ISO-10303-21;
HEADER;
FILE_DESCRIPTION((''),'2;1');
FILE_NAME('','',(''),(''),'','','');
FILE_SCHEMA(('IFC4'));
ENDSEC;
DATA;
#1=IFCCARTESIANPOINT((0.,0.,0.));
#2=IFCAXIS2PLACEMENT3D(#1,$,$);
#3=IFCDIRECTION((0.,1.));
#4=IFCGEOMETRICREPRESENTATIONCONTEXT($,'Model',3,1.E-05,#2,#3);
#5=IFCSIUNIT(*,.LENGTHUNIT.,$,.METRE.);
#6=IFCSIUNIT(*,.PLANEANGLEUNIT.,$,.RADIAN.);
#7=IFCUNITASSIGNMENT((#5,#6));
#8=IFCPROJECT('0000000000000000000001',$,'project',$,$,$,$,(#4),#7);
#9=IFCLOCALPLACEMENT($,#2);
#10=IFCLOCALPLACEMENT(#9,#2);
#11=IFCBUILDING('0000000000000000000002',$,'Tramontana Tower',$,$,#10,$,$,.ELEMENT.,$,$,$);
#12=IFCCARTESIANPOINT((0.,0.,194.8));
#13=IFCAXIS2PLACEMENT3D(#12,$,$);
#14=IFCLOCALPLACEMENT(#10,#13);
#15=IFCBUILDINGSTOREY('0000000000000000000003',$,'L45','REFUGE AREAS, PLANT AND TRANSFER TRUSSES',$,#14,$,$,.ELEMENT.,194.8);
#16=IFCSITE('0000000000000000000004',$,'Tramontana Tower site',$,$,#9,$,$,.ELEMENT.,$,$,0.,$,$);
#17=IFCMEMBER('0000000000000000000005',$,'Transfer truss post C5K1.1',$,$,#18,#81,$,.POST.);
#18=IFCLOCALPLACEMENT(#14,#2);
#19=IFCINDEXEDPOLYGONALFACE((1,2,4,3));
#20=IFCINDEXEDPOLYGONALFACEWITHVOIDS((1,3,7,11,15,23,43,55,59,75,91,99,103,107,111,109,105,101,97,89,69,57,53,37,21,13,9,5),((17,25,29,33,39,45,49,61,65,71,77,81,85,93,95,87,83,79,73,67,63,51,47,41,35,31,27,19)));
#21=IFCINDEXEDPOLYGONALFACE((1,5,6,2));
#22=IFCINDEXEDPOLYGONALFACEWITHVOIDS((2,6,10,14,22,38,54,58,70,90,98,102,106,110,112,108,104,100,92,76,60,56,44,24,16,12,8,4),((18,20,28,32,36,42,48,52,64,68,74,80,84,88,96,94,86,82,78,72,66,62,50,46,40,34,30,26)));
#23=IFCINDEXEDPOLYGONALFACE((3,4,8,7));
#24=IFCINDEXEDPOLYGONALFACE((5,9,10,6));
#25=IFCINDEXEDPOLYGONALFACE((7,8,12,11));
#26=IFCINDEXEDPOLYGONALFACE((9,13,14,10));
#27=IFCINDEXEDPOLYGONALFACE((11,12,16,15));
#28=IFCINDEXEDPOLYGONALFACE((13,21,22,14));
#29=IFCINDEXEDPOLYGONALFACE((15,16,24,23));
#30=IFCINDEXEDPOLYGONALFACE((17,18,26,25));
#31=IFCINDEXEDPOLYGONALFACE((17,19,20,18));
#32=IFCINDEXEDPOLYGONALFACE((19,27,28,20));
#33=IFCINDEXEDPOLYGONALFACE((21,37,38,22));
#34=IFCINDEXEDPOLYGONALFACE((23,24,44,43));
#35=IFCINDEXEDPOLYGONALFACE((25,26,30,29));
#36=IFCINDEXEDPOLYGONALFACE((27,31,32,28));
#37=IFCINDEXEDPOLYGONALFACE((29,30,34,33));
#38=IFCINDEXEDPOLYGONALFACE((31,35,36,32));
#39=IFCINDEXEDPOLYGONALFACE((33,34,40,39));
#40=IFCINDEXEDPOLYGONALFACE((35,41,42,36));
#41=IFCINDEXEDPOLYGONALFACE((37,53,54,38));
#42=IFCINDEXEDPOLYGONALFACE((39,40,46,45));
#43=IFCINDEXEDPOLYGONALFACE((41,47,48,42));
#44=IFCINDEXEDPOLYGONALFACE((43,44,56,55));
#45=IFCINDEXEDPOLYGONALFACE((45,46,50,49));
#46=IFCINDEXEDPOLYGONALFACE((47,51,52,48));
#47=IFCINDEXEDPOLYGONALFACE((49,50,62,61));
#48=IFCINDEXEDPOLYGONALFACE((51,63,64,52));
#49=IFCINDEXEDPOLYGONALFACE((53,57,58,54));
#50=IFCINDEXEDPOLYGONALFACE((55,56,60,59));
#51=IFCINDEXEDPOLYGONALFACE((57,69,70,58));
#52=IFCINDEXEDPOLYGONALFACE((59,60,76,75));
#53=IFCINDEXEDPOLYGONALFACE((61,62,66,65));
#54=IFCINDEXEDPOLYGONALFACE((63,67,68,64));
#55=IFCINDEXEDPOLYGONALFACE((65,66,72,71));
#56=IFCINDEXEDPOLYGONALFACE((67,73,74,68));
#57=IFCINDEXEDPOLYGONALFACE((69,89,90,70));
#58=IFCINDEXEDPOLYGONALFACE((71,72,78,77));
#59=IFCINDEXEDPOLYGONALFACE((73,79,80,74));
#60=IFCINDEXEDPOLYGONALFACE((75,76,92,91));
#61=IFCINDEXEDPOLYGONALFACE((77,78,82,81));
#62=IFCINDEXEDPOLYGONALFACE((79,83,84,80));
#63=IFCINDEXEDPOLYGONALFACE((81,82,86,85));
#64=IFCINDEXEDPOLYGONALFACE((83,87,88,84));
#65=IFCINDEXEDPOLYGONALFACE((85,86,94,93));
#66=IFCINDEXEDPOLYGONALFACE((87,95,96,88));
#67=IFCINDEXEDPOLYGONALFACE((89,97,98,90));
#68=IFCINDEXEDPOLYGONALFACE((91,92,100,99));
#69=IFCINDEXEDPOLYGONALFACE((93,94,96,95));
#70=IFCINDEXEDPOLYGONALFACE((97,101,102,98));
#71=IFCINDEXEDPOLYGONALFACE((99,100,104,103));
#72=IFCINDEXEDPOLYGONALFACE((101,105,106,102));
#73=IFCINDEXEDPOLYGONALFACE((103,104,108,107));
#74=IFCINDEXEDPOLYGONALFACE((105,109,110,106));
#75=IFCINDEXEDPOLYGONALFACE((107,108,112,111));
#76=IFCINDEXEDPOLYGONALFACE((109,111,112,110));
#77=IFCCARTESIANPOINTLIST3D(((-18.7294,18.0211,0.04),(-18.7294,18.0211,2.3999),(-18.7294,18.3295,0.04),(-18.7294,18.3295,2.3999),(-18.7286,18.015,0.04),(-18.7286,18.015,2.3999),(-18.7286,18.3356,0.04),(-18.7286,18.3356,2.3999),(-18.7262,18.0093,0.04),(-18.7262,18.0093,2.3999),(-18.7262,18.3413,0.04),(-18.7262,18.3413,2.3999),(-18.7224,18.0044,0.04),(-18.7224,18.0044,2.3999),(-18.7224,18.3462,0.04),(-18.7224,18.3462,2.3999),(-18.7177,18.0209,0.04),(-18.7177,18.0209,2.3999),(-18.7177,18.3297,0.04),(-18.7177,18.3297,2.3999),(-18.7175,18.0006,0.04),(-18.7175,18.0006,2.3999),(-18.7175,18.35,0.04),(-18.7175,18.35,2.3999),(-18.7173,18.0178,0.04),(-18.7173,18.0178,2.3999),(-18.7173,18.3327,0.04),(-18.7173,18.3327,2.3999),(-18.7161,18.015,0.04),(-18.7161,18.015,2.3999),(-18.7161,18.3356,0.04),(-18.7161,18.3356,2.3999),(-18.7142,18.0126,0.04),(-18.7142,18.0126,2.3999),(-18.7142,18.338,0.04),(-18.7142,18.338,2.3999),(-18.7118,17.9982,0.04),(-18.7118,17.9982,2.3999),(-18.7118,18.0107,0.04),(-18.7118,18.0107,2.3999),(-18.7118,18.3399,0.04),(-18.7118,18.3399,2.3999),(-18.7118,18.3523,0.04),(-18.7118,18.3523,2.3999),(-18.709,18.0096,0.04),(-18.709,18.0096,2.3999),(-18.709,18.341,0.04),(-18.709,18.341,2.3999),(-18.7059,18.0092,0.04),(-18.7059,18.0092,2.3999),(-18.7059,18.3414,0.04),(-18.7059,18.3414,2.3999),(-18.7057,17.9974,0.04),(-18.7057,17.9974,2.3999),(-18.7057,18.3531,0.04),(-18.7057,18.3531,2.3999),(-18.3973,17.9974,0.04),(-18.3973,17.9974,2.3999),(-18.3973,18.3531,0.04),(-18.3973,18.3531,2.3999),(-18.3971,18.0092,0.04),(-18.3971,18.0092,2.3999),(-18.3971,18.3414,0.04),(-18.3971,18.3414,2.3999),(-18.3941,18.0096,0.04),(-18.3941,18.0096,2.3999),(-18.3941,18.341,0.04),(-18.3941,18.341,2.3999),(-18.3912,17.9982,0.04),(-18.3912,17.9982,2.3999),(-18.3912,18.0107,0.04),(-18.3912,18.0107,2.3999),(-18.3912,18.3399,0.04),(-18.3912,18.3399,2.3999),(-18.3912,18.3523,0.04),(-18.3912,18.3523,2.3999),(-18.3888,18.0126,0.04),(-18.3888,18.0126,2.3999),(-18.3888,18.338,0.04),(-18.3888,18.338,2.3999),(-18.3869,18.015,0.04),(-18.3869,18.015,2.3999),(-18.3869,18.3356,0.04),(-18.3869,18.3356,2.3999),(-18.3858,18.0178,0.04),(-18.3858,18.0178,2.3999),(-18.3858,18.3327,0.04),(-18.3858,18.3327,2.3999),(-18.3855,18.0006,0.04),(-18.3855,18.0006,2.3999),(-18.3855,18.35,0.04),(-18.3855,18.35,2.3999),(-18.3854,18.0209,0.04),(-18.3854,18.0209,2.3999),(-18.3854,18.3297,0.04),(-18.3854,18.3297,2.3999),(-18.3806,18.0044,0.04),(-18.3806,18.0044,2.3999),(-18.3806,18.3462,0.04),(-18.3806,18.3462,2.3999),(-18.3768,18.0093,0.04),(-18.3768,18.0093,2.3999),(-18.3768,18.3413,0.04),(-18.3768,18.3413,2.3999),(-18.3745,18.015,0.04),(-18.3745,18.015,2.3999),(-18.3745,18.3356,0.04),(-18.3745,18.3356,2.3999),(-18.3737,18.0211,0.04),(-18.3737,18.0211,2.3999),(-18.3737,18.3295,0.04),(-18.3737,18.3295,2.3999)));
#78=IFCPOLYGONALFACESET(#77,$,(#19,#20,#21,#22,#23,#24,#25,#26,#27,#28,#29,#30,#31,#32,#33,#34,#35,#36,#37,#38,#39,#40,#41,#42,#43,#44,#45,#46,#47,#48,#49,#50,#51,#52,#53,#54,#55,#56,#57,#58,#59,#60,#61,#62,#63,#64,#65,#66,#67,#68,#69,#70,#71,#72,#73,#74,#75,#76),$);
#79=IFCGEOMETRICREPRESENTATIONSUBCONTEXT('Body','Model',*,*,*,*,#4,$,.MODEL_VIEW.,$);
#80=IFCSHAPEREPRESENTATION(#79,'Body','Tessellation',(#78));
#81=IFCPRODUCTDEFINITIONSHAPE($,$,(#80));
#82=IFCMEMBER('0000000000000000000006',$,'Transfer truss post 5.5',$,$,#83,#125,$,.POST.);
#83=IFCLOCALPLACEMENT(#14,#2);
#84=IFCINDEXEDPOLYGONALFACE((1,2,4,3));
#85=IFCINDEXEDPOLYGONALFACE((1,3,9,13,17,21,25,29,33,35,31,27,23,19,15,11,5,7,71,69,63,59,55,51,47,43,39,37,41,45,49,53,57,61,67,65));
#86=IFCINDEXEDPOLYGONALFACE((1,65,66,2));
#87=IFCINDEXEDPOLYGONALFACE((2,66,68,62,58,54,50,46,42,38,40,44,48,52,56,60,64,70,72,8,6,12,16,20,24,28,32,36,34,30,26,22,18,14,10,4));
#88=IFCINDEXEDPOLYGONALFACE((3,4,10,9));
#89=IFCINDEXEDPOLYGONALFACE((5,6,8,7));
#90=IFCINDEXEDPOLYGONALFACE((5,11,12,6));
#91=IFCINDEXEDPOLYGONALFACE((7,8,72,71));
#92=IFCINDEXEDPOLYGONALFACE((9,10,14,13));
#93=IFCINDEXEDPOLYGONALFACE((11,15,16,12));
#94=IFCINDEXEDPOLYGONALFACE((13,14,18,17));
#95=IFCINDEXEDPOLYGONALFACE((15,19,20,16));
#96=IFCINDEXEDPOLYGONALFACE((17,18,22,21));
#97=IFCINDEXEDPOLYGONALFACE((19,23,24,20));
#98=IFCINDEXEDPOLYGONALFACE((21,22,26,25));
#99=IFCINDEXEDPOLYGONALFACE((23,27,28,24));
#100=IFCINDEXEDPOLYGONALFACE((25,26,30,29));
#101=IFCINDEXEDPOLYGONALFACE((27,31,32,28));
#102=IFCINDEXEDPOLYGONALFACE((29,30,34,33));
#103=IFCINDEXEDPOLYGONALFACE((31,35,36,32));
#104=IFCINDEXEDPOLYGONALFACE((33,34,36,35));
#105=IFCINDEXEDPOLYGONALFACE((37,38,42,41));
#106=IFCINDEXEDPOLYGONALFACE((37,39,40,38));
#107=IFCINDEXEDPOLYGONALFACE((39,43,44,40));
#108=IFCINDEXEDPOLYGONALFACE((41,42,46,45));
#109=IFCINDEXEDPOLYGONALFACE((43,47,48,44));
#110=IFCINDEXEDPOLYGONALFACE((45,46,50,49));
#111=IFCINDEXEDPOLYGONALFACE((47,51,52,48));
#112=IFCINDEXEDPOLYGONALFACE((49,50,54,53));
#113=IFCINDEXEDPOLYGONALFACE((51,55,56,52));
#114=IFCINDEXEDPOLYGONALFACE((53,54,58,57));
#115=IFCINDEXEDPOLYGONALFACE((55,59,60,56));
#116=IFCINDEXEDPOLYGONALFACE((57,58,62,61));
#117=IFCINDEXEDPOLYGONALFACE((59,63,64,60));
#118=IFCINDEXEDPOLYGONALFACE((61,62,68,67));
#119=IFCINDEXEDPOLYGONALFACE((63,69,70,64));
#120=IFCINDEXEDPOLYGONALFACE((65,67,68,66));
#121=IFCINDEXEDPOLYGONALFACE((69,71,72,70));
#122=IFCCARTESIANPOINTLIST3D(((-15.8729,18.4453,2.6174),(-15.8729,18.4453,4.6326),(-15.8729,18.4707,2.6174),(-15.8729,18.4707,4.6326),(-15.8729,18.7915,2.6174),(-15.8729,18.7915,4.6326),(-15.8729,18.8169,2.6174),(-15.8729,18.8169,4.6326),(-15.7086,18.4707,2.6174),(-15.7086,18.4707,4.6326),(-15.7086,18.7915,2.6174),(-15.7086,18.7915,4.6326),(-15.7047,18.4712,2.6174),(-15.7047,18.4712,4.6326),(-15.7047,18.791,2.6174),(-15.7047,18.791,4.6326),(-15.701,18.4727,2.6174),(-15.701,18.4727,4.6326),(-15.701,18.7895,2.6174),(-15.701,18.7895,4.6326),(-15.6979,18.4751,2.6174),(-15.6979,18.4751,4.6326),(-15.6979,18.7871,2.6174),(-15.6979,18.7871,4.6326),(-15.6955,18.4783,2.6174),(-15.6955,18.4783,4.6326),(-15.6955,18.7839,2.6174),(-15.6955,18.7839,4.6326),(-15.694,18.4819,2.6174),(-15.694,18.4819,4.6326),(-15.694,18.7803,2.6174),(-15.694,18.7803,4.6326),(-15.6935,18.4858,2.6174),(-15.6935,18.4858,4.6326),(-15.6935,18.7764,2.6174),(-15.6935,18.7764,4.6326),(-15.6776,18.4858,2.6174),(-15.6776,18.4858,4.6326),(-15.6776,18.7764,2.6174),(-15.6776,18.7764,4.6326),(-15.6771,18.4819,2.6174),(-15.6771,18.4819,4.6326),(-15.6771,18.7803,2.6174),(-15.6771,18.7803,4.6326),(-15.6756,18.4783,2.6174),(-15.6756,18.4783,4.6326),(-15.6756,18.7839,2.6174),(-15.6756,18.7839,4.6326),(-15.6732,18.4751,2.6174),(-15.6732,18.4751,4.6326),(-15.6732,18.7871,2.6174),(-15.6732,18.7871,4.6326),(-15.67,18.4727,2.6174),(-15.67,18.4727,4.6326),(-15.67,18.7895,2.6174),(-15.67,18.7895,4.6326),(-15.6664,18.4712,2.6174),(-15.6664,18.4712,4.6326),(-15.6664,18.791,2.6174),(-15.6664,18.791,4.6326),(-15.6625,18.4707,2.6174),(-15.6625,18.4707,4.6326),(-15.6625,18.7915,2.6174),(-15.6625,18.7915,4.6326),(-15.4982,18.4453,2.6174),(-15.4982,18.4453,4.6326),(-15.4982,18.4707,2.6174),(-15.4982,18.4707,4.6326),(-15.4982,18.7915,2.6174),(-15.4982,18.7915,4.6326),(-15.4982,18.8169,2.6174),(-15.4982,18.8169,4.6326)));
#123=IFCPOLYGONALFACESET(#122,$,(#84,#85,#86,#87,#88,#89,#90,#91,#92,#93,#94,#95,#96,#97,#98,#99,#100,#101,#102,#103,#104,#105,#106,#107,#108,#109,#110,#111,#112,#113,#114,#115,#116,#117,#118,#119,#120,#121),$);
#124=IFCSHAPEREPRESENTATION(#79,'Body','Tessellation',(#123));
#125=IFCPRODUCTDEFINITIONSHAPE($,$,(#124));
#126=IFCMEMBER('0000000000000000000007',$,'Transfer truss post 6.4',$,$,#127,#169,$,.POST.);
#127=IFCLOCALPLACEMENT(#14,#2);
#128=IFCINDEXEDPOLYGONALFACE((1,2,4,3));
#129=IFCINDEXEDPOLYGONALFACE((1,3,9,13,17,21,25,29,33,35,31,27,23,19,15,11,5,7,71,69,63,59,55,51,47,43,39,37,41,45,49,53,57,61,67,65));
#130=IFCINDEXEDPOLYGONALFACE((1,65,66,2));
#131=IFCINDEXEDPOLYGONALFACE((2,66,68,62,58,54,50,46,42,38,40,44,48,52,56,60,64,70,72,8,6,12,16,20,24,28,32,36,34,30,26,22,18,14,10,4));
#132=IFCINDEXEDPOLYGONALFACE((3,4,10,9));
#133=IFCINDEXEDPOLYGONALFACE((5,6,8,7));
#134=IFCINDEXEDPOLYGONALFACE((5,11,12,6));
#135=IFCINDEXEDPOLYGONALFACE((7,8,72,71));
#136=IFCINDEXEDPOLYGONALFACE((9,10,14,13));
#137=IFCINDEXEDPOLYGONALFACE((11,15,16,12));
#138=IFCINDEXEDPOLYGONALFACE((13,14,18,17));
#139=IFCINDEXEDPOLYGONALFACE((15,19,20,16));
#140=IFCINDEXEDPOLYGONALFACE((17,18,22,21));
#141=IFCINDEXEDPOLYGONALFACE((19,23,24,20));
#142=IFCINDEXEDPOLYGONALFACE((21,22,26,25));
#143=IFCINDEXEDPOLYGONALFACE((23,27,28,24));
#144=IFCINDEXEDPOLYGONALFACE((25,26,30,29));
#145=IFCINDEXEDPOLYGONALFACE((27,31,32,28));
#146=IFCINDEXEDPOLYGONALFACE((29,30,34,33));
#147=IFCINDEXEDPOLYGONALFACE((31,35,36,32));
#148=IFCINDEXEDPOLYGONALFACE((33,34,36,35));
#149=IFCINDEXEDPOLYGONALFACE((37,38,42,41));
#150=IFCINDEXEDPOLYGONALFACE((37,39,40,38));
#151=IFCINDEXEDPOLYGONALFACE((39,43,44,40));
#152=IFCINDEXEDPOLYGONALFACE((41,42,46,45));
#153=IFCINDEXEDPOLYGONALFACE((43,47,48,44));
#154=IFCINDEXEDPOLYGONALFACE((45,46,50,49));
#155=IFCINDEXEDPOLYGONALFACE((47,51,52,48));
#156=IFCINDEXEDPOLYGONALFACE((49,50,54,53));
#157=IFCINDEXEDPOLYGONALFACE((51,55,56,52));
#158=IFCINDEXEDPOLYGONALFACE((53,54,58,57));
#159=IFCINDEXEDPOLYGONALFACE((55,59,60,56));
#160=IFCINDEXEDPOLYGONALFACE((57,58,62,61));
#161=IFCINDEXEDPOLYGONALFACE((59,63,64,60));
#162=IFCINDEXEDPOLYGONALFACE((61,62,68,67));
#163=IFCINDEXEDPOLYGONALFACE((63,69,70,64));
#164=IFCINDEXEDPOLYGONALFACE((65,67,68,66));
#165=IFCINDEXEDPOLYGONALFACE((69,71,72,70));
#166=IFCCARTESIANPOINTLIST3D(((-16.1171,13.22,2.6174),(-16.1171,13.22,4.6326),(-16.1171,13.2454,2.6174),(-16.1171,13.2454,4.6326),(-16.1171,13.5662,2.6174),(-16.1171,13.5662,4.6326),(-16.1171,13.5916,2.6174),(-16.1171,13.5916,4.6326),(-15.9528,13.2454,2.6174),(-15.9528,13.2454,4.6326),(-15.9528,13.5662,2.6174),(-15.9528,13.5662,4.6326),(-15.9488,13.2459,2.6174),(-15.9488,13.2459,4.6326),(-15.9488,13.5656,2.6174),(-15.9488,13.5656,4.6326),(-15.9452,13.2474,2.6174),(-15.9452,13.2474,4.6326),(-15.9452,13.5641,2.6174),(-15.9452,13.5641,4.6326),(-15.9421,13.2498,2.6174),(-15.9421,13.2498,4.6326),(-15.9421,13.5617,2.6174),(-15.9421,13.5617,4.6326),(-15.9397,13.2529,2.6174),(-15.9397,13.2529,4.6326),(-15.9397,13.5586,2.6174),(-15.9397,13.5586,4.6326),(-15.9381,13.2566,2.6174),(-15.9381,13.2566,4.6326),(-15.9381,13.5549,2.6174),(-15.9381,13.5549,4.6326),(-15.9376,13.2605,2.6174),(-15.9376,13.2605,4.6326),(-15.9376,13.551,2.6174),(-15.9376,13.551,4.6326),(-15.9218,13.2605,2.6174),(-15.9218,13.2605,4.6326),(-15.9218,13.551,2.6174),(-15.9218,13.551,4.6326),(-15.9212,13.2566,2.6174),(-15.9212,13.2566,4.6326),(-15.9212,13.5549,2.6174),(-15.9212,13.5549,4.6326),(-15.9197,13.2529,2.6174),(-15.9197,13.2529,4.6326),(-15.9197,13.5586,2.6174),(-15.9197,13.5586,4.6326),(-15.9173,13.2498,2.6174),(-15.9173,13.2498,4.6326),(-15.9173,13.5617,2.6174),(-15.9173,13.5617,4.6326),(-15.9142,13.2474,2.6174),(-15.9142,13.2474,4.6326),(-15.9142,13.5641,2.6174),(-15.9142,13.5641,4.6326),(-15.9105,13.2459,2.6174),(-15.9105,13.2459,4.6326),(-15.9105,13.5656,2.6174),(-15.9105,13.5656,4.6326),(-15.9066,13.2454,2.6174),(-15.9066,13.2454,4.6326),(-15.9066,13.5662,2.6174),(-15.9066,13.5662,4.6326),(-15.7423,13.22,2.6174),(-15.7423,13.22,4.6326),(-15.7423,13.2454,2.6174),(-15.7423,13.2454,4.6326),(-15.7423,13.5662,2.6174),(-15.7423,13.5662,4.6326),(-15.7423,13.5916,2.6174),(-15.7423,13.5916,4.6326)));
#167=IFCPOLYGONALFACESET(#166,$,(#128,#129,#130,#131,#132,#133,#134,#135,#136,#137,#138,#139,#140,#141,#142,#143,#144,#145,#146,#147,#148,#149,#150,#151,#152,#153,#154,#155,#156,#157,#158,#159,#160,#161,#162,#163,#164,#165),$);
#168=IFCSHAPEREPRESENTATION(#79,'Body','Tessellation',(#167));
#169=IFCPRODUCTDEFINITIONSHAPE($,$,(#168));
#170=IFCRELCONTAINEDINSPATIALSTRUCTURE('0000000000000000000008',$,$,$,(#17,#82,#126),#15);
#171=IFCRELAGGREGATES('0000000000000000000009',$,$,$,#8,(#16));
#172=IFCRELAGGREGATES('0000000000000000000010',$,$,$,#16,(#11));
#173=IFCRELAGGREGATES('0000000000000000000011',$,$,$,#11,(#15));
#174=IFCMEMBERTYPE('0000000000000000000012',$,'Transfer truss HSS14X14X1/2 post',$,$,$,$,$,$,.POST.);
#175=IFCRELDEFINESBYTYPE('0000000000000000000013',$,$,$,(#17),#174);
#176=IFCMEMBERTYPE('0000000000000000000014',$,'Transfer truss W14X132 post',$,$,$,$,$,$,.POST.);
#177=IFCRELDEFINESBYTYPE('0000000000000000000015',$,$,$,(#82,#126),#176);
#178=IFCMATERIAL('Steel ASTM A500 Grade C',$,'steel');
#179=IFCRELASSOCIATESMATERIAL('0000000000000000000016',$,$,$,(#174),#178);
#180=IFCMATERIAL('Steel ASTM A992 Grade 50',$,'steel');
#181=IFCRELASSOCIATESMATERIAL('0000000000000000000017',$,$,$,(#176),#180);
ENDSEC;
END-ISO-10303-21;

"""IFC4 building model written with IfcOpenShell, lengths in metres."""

from ifc_helpers import new_model, si_unit, direction, frame, origin, origin_2d, place, context, subcontext, project, spatial, hollow_rectangle, i_section, extrude, material, material_profile, profile_set, type_object, element, save


model = new_model("IFC4")

# Units and contexts
model_context = context("Model", 3, precision=1e-05, world=origin(), true_north=direction((0.0, 1.0)))
body_context = subcontext(model_context, "Body", "Model", "MODEL_VIEW")
ifc_project = project(units=[si_unit("LENGTHUNIT", "METRE"), si_unit("PLANEANGLEUNIT", "RADIAN")], contexts=[model_context])

# Site, building, storey
site_placement = place(None, origin())
site = spatial("IfcSite", under=ifc_project, at=site_placement, Name="Tramontana Tower site", CompositionType="ELEMENT", RefElevation=0.0)
building_placement = place(site_placement, origin())
building = spatial("IfcBuilding", under=site, at=building_placement, Name="Tramontana Tower", CompositionType="ELEMENT")
storey_placement = place(building_placement, frame((0.0, 0.0, 194.8)))
storey = spatial("IfcBuildingStorey", under=building, at=storey_placement, Name="L45", Description="REFUGE AREAS, PLANT AND TRANSFER TRUSSES", CompositionType="ELEMENT", Elevation=194.8)

# Members
ifc_material_1 = material(Name="Steel ASTM A500 Grade C", Category="steel")
ifc_material_profile_1 = material_profile(ifc_material_1, hollow_rectangle(XDim=0.3557, YDim=0.3557, WallThickness=0.0117, InnerFilletRadius=0.0117, OuterFilletRadius=0.0237, at=origin_2d()), Name="HSS14X14X1/2")
ifc_profile_set_1 = profile_set([ifc_material_profile_1], Name="Steel ASTM A500 Grade C")
member_type_1 = type_object("IfcMemberType", Name="Transfer truss HSS14X14X1/2 post", PredefinedType="POST", material=ifc_profile_set_1)
member_1_placement = place(storey_placement, frame((-18.5515, 18.1753, 0.04), z_axis=(0.0, 0.0, 1.0), x_axis=(1.0, 0.0, 0.0)))
element("IfcMember", 1, at=member_1_placement, inside=storey, type_object=member_type_1, Name="Transfer truss post C5K1.1", PredefinedType="POST", context=body_context, shape_type="SweptSolid", body=[
    extrude(hollow_rectangle(XDim=0.3557, YDim=0.3557, WallThickness=0.0117, InnerFilletRadius=0.0117, OuterFilletRadius=0.0237, at=origin_2d()), origin(), (0.0, 0.0, 1.0), 2.3599),
])
ifc_material_2 = material(Name="Steel ASTM A992 Grade 50", Category="steel")
ifc_material_profile_2 = material_profile(ifc_material_2, i_section(OverallWidth=0.3748, OverallDepth=0.3716, WebThickness=0.0159, FlangeThickness=0.0254, FilletRadius=0.0151, at=origin_2d()), Name="W14X132")
ifc_profile_set_2 = profile_set([ifc_material_profile_2], Name="Steel ASTM A992 Grade 50")
member_type_2 = type_object("IfcMemberType", Name="Transfer truss W14X132 post", PredefinedType="POST", material=ifc_profile_set_2)
for number, where, z_axis, x_axis, name in (
    (2, (-15.6855, 18.6311, 2.6174), (0.0, 0.0, 1.0), (1.0, 0.0, 0.0), "Transfer truss post 5.5"),
    (3, (-15.9297, 13.4058, 2.6174), (0.0, 0.0, 1.0), (1.0, 0.0, 0.0), "Transfer truss post 6.4"),
):
    element("IfcMember", number, at=place(storey_placement, frame(where, z_axis=z_axis, x_axis=x_axis)), inside=storey, type_object=member_type_2, Name=name, PredefinedType="POST", context=body_context, shape_type="SweptSolid", body=[
        extrude(i_section(OverallWidth=0.3748, OverallDepth=0.3716, WebThickness=0.0159, FlangeThickness=0.0254, FilletRadius=0.0151, at=origin_2d()), origin(), (0.0, 0.0, 1.0), 2.0151),
    ])

save(model, "model.ifc")
